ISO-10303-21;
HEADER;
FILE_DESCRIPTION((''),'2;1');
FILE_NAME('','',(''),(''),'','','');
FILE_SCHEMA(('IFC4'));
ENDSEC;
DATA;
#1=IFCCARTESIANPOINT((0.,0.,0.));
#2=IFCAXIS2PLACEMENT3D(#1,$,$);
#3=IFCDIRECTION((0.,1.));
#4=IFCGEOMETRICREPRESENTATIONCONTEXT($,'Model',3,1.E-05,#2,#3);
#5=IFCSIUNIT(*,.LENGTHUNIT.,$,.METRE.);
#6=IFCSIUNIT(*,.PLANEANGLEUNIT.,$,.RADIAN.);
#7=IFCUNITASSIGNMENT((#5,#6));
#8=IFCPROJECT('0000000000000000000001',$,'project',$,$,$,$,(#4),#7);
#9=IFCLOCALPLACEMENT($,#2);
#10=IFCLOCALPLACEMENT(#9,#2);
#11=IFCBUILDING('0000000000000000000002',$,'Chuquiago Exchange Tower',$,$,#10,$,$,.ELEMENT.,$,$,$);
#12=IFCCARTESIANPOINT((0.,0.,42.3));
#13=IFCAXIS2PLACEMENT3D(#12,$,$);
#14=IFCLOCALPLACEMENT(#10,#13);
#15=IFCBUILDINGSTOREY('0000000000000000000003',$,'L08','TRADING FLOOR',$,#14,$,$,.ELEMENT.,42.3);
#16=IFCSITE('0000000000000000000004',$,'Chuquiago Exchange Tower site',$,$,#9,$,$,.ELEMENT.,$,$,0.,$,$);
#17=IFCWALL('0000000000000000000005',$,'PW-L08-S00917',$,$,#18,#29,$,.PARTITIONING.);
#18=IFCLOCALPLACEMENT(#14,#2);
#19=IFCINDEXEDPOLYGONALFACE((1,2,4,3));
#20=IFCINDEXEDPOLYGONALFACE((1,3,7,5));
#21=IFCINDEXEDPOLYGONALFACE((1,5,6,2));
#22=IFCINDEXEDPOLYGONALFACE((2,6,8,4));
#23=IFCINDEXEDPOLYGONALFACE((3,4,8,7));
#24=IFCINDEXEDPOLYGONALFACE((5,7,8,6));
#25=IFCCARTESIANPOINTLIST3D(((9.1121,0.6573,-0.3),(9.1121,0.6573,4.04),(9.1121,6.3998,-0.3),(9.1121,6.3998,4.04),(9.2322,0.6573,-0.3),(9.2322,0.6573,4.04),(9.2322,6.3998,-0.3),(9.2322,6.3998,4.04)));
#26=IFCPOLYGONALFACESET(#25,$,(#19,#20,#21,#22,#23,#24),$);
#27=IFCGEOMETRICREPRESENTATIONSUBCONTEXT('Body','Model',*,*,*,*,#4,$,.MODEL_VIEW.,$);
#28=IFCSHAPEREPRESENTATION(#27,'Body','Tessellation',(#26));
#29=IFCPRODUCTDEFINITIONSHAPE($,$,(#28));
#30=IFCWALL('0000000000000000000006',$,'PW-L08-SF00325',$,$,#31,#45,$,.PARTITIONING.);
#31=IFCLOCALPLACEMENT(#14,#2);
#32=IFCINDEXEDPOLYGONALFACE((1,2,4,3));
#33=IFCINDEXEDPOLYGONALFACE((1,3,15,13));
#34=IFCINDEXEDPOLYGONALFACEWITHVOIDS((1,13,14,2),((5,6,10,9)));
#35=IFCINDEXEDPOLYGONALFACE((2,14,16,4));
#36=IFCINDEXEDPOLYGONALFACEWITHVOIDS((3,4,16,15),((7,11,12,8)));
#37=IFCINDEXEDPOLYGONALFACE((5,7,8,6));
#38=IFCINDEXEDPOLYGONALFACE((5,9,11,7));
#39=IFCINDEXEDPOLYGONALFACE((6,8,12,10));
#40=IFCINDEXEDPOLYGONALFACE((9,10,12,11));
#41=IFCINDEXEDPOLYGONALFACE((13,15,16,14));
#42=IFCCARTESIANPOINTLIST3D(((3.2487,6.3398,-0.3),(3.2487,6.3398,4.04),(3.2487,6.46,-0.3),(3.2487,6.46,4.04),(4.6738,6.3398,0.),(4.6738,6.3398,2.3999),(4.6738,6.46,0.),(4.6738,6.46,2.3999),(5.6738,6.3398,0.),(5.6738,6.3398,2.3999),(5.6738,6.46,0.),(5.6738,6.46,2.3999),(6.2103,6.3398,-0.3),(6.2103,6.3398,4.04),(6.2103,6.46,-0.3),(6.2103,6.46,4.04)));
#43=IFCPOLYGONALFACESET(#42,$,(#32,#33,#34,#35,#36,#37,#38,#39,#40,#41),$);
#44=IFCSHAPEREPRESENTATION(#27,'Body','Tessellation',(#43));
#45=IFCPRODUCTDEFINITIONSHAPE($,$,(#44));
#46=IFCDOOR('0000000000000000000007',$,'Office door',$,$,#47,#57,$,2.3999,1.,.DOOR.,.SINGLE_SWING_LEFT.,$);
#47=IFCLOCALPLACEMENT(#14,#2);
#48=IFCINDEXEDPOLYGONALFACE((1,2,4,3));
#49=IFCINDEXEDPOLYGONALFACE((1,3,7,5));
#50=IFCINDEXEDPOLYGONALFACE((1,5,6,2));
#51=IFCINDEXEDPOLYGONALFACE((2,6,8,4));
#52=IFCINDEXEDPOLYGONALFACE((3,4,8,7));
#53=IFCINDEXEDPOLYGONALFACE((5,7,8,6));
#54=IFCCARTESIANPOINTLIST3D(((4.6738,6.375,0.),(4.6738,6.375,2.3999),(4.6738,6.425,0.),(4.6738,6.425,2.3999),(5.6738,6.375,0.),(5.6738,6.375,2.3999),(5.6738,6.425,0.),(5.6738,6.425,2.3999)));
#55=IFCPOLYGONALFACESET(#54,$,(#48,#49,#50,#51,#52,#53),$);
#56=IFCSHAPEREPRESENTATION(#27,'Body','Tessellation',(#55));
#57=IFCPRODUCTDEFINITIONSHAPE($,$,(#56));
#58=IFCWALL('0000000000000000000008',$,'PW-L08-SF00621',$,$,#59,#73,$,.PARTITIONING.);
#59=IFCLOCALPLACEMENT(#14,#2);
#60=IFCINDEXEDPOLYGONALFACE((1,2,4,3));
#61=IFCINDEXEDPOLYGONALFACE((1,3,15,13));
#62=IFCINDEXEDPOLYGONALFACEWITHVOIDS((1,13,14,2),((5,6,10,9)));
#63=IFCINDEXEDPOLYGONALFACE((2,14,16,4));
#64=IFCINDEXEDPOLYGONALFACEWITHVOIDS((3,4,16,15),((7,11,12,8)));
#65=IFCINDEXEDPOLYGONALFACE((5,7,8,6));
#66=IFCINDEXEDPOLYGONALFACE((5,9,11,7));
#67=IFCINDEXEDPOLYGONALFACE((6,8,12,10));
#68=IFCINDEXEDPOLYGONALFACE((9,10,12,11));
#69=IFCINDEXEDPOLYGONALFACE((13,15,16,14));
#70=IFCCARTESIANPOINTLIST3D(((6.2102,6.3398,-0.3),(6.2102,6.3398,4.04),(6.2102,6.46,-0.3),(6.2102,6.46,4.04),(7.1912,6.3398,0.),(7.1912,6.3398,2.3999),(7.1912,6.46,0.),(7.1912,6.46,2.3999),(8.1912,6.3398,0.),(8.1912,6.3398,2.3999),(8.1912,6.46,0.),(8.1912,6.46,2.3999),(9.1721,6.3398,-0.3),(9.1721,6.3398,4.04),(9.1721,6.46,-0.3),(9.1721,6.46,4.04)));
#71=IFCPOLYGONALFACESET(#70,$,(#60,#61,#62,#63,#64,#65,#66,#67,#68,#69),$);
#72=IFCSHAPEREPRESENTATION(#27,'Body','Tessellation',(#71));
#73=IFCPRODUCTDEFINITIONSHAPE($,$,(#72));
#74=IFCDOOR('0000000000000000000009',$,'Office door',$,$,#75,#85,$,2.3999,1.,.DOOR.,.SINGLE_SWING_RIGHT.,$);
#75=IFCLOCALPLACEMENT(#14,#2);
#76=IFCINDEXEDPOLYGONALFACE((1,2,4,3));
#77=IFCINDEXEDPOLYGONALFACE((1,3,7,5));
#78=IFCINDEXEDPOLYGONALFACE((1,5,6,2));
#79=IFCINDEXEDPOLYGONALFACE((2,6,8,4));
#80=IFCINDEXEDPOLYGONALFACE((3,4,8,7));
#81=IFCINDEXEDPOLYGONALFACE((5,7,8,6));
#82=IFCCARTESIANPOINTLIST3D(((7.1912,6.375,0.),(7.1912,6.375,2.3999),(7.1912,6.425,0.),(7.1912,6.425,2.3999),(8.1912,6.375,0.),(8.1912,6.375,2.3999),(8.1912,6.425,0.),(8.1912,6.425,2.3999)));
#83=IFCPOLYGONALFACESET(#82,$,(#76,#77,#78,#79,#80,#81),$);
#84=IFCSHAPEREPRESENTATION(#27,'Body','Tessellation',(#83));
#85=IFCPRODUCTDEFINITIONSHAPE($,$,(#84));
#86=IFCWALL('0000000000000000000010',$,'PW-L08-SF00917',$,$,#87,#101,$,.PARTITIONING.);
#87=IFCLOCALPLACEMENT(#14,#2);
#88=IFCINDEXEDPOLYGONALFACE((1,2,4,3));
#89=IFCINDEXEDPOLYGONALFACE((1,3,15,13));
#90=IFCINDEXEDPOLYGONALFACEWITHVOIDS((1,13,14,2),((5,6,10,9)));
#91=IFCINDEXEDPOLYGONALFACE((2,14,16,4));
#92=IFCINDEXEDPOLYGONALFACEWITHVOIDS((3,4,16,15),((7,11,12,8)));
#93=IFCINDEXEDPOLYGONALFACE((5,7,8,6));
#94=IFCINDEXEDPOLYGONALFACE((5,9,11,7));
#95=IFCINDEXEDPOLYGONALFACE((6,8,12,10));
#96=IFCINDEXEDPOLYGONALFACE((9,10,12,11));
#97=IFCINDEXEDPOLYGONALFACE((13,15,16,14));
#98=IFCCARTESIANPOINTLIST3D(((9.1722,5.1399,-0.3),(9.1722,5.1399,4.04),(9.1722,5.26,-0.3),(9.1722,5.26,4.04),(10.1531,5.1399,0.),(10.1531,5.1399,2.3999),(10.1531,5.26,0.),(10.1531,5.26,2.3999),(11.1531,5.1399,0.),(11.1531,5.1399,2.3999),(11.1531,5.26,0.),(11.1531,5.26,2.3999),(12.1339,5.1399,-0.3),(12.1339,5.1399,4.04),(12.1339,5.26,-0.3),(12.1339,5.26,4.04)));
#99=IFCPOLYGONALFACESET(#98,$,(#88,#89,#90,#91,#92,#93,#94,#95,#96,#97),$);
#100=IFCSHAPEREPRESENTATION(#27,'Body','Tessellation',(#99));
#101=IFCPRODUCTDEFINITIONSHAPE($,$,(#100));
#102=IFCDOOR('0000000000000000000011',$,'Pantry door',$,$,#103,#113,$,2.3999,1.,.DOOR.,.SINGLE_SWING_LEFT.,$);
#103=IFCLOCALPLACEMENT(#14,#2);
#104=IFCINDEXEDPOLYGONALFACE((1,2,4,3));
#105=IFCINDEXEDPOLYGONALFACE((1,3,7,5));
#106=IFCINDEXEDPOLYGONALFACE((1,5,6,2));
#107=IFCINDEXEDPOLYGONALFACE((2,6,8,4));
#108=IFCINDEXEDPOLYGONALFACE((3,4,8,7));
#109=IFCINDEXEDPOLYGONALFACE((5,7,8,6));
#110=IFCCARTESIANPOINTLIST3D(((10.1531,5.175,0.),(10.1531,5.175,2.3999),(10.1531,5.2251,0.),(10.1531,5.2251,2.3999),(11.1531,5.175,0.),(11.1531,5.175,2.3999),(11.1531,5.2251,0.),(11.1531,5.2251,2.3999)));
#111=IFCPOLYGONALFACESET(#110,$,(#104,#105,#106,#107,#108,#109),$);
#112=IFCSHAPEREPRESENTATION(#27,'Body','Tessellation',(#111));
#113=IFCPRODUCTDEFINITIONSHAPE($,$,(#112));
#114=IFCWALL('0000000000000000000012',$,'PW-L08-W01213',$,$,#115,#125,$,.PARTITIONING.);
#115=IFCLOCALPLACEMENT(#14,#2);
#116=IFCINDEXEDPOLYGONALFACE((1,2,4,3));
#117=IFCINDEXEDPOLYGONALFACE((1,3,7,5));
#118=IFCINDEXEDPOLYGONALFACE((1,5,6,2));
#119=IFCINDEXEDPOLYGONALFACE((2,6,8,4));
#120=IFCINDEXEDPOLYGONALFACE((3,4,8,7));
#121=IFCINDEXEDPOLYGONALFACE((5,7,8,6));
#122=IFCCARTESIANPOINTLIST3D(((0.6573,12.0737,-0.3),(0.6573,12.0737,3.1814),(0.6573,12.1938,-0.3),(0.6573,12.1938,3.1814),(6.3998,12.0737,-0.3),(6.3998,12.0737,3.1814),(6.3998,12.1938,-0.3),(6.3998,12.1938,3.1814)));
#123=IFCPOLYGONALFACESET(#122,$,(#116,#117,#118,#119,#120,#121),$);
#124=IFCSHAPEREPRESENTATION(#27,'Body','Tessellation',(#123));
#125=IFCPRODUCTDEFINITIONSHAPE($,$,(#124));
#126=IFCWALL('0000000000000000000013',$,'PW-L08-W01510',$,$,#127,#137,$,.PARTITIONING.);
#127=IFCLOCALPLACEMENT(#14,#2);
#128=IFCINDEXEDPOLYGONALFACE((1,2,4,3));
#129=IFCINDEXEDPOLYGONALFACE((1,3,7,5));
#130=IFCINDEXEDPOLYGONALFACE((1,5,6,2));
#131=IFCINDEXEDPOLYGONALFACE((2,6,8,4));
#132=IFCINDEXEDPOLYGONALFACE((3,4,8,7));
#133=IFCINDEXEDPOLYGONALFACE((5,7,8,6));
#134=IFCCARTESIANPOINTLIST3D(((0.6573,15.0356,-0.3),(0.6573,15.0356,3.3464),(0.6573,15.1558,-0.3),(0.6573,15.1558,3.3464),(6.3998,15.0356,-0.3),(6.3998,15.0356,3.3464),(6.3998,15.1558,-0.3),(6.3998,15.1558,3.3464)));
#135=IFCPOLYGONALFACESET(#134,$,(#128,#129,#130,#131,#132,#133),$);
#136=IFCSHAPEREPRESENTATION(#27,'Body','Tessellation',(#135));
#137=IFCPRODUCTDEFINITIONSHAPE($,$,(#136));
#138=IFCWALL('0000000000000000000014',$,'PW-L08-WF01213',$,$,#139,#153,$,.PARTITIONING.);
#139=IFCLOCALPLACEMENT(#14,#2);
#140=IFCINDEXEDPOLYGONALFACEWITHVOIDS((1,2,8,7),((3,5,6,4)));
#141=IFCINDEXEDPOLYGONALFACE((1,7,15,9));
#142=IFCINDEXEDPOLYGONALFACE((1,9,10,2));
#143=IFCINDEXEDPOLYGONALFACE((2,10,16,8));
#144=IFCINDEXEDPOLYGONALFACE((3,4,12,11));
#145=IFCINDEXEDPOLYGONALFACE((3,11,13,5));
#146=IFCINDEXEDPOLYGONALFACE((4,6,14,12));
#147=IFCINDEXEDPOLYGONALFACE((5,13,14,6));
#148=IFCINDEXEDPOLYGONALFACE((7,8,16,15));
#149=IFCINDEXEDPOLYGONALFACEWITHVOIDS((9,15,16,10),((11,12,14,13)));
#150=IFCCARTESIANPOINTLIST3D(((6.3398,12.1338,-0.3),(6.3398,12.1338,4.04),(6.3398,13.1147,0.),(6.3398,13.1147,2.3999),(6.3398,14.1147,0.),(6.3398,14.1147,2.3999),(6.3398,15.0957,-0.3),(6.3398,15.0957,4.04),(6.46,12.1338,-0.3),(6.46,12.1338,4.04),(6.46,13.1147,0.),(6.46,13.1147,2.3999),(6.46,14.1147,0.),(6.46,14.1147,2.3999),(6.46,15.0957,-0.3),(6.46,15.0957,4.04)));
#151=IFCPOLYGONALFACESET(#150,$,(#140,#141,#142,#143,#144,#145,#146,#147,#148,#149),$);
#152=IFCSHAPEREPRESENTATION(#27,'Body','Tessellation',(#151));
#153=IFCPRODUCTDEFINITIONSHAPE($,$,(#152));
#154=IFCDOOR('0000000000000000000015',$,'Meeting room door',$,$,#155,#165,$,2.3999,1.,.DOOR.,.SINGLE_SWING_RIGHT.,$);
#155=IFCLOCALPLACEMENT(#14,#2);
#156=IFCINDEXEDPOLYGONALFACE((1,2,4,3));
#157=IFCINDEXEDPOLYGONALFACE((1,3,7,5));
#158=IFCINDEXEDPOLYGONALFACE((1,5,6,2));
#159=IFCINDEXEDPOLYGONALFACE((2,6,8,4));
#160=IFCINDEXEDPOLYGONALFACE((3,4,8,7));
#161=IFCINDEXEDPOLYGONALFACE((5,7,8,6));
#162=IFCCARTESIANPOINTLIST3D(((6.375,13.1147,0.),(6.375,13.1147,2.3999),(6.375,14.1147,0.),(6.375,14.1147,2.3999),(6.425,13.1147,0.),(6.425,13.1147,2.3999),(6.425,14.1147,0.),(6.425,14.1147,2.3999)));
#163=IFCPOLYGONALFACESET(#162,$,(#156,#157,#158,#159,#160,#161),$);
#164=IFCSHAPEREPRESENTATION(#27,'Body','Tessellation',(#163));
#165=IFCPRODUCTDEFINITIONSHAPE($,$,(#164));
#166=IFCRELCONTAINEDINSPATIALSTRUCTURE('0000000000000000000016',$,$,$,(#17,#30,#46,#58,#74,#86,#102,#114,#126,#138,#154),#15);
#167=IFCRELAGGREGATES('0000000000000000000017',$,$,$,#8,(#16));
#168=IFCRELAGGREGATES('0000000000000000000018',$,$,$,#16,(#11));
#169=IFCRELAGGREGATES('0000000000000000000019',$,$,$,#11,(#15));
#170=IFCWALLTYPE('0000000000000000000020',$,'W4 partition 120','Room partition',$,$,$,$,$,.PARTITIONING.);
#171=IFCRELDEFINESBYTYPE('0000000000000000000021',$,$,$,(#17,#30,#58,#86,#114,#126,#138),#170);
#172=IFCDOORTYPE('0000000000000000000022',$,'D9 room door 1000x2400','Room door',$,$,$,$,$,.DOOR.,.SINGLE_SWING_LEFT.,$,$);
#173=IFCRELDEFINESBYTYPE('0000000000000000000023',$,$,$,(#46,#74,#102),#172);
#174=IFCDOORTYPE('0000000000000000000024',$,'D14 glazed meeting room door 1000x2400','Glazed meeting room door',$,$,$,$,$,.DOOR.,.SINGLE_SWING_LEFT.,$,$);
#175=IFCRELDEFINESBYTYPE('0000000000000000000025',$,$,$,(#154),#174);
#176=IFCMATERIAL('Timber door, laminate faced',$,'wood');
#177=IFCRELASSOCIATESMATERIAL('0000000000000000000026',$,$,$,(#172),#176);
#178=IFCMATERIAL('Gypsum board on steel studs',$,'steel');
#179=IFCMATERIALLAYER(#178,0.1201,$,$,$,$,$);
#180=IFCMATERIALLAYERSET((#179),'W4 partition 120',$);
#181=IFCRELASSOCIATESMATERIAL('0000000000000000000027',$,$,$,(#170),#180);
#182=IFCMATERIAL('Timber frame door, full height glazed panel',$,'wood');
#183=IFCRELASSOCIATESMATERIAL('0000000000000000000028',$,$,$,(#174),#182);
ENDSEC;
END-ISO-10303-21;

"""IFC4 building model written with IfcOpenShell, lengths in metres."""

from ifc_helpers import new_model, si_unit, direction, frame, frame_2d, origin, place, context, subcontext, project, spatial, rectangle, extrude, material, layer, layer_set, type_object, element, fill, save


model = new_model("IFC4")

# Units and contexts
model_context = context("Model", 3, precision=1e-05, world=origin(), true_north=direction((0.0, 1.0)))
body_context = subcontext(model_context, "Body", "Model", "MODEL_VIEW")
ifc_project = project(units=[si_unit("LENGTHUNIT", "METRE"), si_unit("PLANEANGLEUNIT", "RADIAN")], contexts=[model_context])

# Site, building, storey
site_placement = place(None, origin())
site = spatial("IfcSite", under=ifc_project, at=site_placement, Name="Chuquiago Exchange Tower site", CompositionType="ELEMENT", RefElevation=0.0)
building_placement = place(site_placement, origin())
building = spatial("IfcBuilding", under=site, at=building_placement, Name="Chuquiago Exchange Tower", CompositionType="ELEMENT")
storey_placement = place(building_placement, frame((0.0, 0.0, 42.3)))
storey = spatial("IfcBuildingStorey", under=building, at=storey_placement, Name="L08", Description="TRADING FLOOR", CompositionType="ELEMENT", Elevation=42.3)

# Shared definitions
ifc_material_1 = material(Name="Timber door, laminate faced", Category="wood")
door_type_1 = type_object("IfcDoorType", Name="D9 room door 1000x2400", Description="Room door", OperationType="SINGLE_SWING_LEFT", PredefinedType="DOOR", material=ifc_material_1)

# Wall
ifc_material_2 = material(Name="Gypsum board on steel studs", Category="steel")
ifc_layer_1 = layer(ifc_material_2, 0.1201)
ifc_layer_set_1 = layer_set([ifc_layer_1], Name="W4 partition 120")
wall_type_1 = type_object("IfcWallType", Name="W4 partition 120", Description="Room partition", PredefinedType="PARTITIONING", material=ifc_layer_set_1)
for number, where, z_axis, x_axis, name in (
    (1, (9.1721, 0.6575, -0.3), (0.0, 0.0, 1.0), (0.0, 1.0, 0.0), "PW-L08-S00917"),
):
    element("IfcWall", number, at=place(storey_placement, frame(where, z_axis=z_axis, x_axis=x_axis)), inside=storey, type_object=wall_type_1, Name=name, PredefinedType="PARTITIONING", context=body_context, shape_type="SweptSolid", body=[
        extrude(rectangle(XDim=5.7424, YDim=0.1201, at=frame_2d((2.8711, 0.0))), origin(), (0.0, 0.0, 1.0), 4.3401),
    ])

# Walls, openings, doors
wall_1_placement = place(storey_placement, frame((3.2485, 6.3999, -0.3), z_axis=(0.0, 0.0, 1.0), x_axis=(1.0, 0.0, 0.0)))
wall_1 = element("IfcWall", 2, at=wall_1_placement, inside=storey, type_object=wall_type_1, Name="PW-L08-SF00325", PredefinedType="PARTITIONING", context=body_context, shape_type="SweptSolid", body=[
    extrude(rectangle(XDim=2.9617, YDim=0.1201, at=frame_2d((1.481, 0.0))), origin(), (0.0, 0.0, 1.0), 4.3401),
])
opening_1_placement = place(wall_1_placement, frame((1.4253, 0.0, 0.3)))
opening_1 = element("IfcOpeningElement", 3, at=opening_1_placement, cuts=wall_1, PredefinedType="OPENING", context=body_context, shape_type="SweptSolid", body=[
    extrude(rectangle(XDim=1.0, YDim=2.3999, at=frame_2d((0.5, 1.2))), frame((0.0, 0.0701, 0.0), z_axis=(0.0, -1.0, 0.0), x_axis=(1.0, 0.0, 0.0)), (0.0, 0.0, 1.0), 0.1401),
])
door_1_placement = place(opening_1_placement, frame((1.0, 0.0, 0.0), z_axis=(0.0, 0.0, 1.0), x_axis=(-1.0, 0.0, 0.0)))
door_1 = element("IfcDoor", 4, at=door_1_placement, inside=storey, type_object=door_type_1, Name="Office door", OperationType="SINGLE_SWING_LEFT", OverallHeight=2.3999, OverallWidth=1.0, PredefinedType="DOOR", context=body_context, shape_type="SweptSolid", body=[
    extrude(rectangle(XDim=1.0, YDim=2.3999, at=frame_2d((0.5, 1.2))), frame((0.0, 0.0249, 0.0), z_axis=(0.0, -1.0, 0.0), x_axis=(1.0, 0.0, 0.0)), (0.0, 0.0, 1.0), 0.05),
])
fill(opening_1, door_1)
wall_2_placement = place(storey_placement, frame((6.2102, 6.3999, -0.3), z_axis=(0.0, 0.0, 1.0), x_axis=(1.0, 0.0, 0.0)))
wall_2 = element("IfcWall", 5, at=wall_2_placement, inside=storey, type_object=wall_type_1, Name="PW-L08-SF00621", PredefinedType="PARTITIONING", context=body_context, shape_type="SweptSolid", body=[
    extrude(rectangle(XDim=2.9619, YDim=0.1201, at=frame_2d((1.481, 0.0))), origin(), (0.0, 0.0, 1.0), 4.3401),
])
opening_2_placement = place(wall_2_placement, frame((0.981, 0.0, 0.3)))
opening_2 = element("IfcOpeningElement", 6, at=opening_2_placement, cuts=wall_2, PredefinedType="OPENING", context=body_context, shape_type="SweptSolid", body=[
    extrude(rectangle(XDim=1.0, YDim=2.3999, at=frame_2d((0.5, 1.2))), frame((0.0, 0.0701, 0.0), z_axis=(0.0, -1.0, 0.0), x_axis=(1.0, 0.0, 0.0)), (0.0, 0.0, 1.0), 0.1401),
])
door_2_placement = place(opening_2_placement, frame((1.0, 0.0, 0.0), z_axis=(0.0, 0.0, 1.0), x_axis=(-1.0, 0.0, 0.0)))
door_2 = element("IfcDoor", 7, at=door_2_placement, inside=storey, type_object=door_type_1, Name="Office door", OperationType="SINGLE_SWING_RIGHT", OverallHeight=2.3999, OverallWidth=1.0, PredefinedType="DOOR", context=body_context, shape_type="SweptSolid", body=[
    extrude(rectangle(XDim=1.0, YDim=2.3999, at=frame_2d((0.5, 1.2))), frame((0.0, 0.0249, 0.0), z_axis=(0.0, -1.0, 0.0), x_axis=(1.0, 0.0, 0.0)), (0.0, 0.0, 1.0), 0.05),
])
fill(opening_2, door_2)
wall_3_placement = place(storey_placement, frame((9.1721, 5.2, -0.3), z_axis=(0.0, 0.0, 1.0), x_axis=(1.0, 0.0, 0.0)))
wall_3 = element("IfcWall", 8, at=wall_3_placement, inside=storey, type_object=wall_type_1, Name="PW-L08-SF00917", PredefinedType="PARTITIONING", context=body_context, shape_type="SweptSolid", body=[
    extrude(rectangle(XDim=2.9617, YDim=0.1201, at=frame_2d((1.481, 0.0))), origin(), (0.0, 0.0, 1.0), 4.3401),
])
opening_3_placement = place(wall_3_placement, frame((0.981, 0.0, 0.3)))
opening_3 = element("IfcOpeningElement", 9, at=opening_3_placement, cuts=wall_3, PredefinedType="OPENING", context=body_context, shape_type="SweptSolid", body=[
    extrude(rectangle(XDim=1.0, YDim=2.3999, at=frame_2d((0.5, 1.2))), frame((0.0, 0.0701, 0.0), z_axis=(0.0, -1.0, 0.0), x_axis=(1.0, 0.0, 0.0)), (0.0, 0.0, 1.0), 0.1401),
])
door_3_placement = place(opening_3_placement, frame((1.0, 0.0, 0.0), z_axis=(0.0, 0.0, 1.0), x_axis=(-1.0, 0.0, 0.0)))
door_3 = element("IfcDoor", 10, at=door_3_placement, inside=storey, type_object=door_type_1, Name="Pantry door", OperationType="SINGLE_SWING_LEFT", OverallHeight=2.3999, OverallWidth=1.0, PredefinedType="DOOR", context=body_context, shape_type="SweptSolid", body=[
    extrude(rectangle(XDim=1.0, YDim=2.3999, at=frame_2d((0.5, 1.2))), frame((0.0, 0.0249, 0.0), z_axis=(0.0, -1.0, 0.0), x_axis=(1.0, 0.0, 0.0)), (0.0, 0.0, 1.0), 0.05),
])
fill(opening_3, door_3)

# Walls
wall_4_placement = place(storey_placement, frame((0.6575, 12.1338, -0.3), z_axis=(0.0, 0.0, 1.0), x_axis=(1.0, 0.0, 0.0)))
element("IfcWall", 11, at=wall_4_placement, inside=storey, type_object=wall_type_1, Name="PW-L08-W01213", PredefinedType="PARTITIONING", context=body_context, shape_type="SweptSolid", body=[
    extrude(rectangle(XDim=5.7424, YDim=0.1201, at=frame_2d((2.8711, 0.0))), origin(), (0.0, 0.0, 1.0), 3.4814),
])
wall_5_placement = place(storey_placement, frame((0.6575, 15.0957, -0.3), z_axis=(0.0, 0.0, 1.0), x_axis=(1.0, 0.0, 0.0)))
element("IfcWall", 12, at=wall_5_placement, inside=storey, type_object=wall_type_1, Name="PW-L08-W01510", PredefinedType="PARTITIONING", context=body_context, shape_type="SweptSolid", body=[
    extrude(rectangle(XDim=5.7424, YDim=0.1201, at=frame_2d((2.8711, 0.0))), origin(), (0.0, 0.0, 1.0), 3.6465),
])

# Wall, opening, door
wall_6_placement = place(storey_placement, frame((6.3999, 12.1338, -0.3), z_axis=(0.0, 0.0, 1.0), x_axis=(0.0, 1.0, 0.0)))
wall_6 = element("IfcWall", 13, at=wall_6_placement, inside=storey, type_object=wall_type_1, Name="PW-L08-WF01213", PredefinedType="PARTITIONING", context=body_context, shape_type="SweptSolid", body=[
    extrude(rectangle(XDim=2.9619, YDim=0.1201, at=frame_2d((1.481, 0.0))), origin(), (0.0, 0.0, 1.0), 4.3401),
])
opening_4_placement = place(wall_6_placement, frame((0.981, 0.0, 0.3)))
opening_4 = element("IfcOpeningElement", 14, at=opening_4_placement, cuts=wall_6, PredefinedType="OPENING", context=body_context, shape_type="SweptSolid", body=[
    extrude(rectangle(XDim=1.0, YDim=2.3999, at=frame_2d((0.5, 1.2))), frame((0.0, 0.0701, 0.0), z_axis=(0.0, -1.0, 0.0), x_axis=(1.0, 0.0, 0.0)), (0.0, 0.0, 1.0), 0.1401),
])
ifc_material_3 = material(Name="Timber frame door, full height glazed panel", Category="wood")
door_type_2 = type_object("IfcDoorType", Name="D14 glazed meeting room door 1000x2400", Description="Glazed meeting room door", OperationType="SINGLE_SWING_LEFT", PredefinedType="DOOR", material=ifc_material_3)
door_4_placement = place(opening_4_placement, origin())
door_4 = element("IfcDoor", 15, at=door_4_placement, inside=storey, type_object=door_type_2, Name="Meeting room door", OperationType="SINGLE_SWING_RIGHT", OverallHeight=2.3999, OverallWidth=1.0, PredefinedType="DOOR", context=body_context, shape_type="SweptSolid", body=[
    extrude(rectangle(XDim=1.0, YDim=2.3999, at=frame_2d((0.5, 1.2))), frame((0.0, 0.0249, 0.0), z_axis=(0.0, -1.0, 0.0), x_axis=(1.0, 0.0, 0.0)), (0.0, 0.0, 1.0), 0.05),
])
fill(opening_4, door_4)

save(model, "model.ifc")
